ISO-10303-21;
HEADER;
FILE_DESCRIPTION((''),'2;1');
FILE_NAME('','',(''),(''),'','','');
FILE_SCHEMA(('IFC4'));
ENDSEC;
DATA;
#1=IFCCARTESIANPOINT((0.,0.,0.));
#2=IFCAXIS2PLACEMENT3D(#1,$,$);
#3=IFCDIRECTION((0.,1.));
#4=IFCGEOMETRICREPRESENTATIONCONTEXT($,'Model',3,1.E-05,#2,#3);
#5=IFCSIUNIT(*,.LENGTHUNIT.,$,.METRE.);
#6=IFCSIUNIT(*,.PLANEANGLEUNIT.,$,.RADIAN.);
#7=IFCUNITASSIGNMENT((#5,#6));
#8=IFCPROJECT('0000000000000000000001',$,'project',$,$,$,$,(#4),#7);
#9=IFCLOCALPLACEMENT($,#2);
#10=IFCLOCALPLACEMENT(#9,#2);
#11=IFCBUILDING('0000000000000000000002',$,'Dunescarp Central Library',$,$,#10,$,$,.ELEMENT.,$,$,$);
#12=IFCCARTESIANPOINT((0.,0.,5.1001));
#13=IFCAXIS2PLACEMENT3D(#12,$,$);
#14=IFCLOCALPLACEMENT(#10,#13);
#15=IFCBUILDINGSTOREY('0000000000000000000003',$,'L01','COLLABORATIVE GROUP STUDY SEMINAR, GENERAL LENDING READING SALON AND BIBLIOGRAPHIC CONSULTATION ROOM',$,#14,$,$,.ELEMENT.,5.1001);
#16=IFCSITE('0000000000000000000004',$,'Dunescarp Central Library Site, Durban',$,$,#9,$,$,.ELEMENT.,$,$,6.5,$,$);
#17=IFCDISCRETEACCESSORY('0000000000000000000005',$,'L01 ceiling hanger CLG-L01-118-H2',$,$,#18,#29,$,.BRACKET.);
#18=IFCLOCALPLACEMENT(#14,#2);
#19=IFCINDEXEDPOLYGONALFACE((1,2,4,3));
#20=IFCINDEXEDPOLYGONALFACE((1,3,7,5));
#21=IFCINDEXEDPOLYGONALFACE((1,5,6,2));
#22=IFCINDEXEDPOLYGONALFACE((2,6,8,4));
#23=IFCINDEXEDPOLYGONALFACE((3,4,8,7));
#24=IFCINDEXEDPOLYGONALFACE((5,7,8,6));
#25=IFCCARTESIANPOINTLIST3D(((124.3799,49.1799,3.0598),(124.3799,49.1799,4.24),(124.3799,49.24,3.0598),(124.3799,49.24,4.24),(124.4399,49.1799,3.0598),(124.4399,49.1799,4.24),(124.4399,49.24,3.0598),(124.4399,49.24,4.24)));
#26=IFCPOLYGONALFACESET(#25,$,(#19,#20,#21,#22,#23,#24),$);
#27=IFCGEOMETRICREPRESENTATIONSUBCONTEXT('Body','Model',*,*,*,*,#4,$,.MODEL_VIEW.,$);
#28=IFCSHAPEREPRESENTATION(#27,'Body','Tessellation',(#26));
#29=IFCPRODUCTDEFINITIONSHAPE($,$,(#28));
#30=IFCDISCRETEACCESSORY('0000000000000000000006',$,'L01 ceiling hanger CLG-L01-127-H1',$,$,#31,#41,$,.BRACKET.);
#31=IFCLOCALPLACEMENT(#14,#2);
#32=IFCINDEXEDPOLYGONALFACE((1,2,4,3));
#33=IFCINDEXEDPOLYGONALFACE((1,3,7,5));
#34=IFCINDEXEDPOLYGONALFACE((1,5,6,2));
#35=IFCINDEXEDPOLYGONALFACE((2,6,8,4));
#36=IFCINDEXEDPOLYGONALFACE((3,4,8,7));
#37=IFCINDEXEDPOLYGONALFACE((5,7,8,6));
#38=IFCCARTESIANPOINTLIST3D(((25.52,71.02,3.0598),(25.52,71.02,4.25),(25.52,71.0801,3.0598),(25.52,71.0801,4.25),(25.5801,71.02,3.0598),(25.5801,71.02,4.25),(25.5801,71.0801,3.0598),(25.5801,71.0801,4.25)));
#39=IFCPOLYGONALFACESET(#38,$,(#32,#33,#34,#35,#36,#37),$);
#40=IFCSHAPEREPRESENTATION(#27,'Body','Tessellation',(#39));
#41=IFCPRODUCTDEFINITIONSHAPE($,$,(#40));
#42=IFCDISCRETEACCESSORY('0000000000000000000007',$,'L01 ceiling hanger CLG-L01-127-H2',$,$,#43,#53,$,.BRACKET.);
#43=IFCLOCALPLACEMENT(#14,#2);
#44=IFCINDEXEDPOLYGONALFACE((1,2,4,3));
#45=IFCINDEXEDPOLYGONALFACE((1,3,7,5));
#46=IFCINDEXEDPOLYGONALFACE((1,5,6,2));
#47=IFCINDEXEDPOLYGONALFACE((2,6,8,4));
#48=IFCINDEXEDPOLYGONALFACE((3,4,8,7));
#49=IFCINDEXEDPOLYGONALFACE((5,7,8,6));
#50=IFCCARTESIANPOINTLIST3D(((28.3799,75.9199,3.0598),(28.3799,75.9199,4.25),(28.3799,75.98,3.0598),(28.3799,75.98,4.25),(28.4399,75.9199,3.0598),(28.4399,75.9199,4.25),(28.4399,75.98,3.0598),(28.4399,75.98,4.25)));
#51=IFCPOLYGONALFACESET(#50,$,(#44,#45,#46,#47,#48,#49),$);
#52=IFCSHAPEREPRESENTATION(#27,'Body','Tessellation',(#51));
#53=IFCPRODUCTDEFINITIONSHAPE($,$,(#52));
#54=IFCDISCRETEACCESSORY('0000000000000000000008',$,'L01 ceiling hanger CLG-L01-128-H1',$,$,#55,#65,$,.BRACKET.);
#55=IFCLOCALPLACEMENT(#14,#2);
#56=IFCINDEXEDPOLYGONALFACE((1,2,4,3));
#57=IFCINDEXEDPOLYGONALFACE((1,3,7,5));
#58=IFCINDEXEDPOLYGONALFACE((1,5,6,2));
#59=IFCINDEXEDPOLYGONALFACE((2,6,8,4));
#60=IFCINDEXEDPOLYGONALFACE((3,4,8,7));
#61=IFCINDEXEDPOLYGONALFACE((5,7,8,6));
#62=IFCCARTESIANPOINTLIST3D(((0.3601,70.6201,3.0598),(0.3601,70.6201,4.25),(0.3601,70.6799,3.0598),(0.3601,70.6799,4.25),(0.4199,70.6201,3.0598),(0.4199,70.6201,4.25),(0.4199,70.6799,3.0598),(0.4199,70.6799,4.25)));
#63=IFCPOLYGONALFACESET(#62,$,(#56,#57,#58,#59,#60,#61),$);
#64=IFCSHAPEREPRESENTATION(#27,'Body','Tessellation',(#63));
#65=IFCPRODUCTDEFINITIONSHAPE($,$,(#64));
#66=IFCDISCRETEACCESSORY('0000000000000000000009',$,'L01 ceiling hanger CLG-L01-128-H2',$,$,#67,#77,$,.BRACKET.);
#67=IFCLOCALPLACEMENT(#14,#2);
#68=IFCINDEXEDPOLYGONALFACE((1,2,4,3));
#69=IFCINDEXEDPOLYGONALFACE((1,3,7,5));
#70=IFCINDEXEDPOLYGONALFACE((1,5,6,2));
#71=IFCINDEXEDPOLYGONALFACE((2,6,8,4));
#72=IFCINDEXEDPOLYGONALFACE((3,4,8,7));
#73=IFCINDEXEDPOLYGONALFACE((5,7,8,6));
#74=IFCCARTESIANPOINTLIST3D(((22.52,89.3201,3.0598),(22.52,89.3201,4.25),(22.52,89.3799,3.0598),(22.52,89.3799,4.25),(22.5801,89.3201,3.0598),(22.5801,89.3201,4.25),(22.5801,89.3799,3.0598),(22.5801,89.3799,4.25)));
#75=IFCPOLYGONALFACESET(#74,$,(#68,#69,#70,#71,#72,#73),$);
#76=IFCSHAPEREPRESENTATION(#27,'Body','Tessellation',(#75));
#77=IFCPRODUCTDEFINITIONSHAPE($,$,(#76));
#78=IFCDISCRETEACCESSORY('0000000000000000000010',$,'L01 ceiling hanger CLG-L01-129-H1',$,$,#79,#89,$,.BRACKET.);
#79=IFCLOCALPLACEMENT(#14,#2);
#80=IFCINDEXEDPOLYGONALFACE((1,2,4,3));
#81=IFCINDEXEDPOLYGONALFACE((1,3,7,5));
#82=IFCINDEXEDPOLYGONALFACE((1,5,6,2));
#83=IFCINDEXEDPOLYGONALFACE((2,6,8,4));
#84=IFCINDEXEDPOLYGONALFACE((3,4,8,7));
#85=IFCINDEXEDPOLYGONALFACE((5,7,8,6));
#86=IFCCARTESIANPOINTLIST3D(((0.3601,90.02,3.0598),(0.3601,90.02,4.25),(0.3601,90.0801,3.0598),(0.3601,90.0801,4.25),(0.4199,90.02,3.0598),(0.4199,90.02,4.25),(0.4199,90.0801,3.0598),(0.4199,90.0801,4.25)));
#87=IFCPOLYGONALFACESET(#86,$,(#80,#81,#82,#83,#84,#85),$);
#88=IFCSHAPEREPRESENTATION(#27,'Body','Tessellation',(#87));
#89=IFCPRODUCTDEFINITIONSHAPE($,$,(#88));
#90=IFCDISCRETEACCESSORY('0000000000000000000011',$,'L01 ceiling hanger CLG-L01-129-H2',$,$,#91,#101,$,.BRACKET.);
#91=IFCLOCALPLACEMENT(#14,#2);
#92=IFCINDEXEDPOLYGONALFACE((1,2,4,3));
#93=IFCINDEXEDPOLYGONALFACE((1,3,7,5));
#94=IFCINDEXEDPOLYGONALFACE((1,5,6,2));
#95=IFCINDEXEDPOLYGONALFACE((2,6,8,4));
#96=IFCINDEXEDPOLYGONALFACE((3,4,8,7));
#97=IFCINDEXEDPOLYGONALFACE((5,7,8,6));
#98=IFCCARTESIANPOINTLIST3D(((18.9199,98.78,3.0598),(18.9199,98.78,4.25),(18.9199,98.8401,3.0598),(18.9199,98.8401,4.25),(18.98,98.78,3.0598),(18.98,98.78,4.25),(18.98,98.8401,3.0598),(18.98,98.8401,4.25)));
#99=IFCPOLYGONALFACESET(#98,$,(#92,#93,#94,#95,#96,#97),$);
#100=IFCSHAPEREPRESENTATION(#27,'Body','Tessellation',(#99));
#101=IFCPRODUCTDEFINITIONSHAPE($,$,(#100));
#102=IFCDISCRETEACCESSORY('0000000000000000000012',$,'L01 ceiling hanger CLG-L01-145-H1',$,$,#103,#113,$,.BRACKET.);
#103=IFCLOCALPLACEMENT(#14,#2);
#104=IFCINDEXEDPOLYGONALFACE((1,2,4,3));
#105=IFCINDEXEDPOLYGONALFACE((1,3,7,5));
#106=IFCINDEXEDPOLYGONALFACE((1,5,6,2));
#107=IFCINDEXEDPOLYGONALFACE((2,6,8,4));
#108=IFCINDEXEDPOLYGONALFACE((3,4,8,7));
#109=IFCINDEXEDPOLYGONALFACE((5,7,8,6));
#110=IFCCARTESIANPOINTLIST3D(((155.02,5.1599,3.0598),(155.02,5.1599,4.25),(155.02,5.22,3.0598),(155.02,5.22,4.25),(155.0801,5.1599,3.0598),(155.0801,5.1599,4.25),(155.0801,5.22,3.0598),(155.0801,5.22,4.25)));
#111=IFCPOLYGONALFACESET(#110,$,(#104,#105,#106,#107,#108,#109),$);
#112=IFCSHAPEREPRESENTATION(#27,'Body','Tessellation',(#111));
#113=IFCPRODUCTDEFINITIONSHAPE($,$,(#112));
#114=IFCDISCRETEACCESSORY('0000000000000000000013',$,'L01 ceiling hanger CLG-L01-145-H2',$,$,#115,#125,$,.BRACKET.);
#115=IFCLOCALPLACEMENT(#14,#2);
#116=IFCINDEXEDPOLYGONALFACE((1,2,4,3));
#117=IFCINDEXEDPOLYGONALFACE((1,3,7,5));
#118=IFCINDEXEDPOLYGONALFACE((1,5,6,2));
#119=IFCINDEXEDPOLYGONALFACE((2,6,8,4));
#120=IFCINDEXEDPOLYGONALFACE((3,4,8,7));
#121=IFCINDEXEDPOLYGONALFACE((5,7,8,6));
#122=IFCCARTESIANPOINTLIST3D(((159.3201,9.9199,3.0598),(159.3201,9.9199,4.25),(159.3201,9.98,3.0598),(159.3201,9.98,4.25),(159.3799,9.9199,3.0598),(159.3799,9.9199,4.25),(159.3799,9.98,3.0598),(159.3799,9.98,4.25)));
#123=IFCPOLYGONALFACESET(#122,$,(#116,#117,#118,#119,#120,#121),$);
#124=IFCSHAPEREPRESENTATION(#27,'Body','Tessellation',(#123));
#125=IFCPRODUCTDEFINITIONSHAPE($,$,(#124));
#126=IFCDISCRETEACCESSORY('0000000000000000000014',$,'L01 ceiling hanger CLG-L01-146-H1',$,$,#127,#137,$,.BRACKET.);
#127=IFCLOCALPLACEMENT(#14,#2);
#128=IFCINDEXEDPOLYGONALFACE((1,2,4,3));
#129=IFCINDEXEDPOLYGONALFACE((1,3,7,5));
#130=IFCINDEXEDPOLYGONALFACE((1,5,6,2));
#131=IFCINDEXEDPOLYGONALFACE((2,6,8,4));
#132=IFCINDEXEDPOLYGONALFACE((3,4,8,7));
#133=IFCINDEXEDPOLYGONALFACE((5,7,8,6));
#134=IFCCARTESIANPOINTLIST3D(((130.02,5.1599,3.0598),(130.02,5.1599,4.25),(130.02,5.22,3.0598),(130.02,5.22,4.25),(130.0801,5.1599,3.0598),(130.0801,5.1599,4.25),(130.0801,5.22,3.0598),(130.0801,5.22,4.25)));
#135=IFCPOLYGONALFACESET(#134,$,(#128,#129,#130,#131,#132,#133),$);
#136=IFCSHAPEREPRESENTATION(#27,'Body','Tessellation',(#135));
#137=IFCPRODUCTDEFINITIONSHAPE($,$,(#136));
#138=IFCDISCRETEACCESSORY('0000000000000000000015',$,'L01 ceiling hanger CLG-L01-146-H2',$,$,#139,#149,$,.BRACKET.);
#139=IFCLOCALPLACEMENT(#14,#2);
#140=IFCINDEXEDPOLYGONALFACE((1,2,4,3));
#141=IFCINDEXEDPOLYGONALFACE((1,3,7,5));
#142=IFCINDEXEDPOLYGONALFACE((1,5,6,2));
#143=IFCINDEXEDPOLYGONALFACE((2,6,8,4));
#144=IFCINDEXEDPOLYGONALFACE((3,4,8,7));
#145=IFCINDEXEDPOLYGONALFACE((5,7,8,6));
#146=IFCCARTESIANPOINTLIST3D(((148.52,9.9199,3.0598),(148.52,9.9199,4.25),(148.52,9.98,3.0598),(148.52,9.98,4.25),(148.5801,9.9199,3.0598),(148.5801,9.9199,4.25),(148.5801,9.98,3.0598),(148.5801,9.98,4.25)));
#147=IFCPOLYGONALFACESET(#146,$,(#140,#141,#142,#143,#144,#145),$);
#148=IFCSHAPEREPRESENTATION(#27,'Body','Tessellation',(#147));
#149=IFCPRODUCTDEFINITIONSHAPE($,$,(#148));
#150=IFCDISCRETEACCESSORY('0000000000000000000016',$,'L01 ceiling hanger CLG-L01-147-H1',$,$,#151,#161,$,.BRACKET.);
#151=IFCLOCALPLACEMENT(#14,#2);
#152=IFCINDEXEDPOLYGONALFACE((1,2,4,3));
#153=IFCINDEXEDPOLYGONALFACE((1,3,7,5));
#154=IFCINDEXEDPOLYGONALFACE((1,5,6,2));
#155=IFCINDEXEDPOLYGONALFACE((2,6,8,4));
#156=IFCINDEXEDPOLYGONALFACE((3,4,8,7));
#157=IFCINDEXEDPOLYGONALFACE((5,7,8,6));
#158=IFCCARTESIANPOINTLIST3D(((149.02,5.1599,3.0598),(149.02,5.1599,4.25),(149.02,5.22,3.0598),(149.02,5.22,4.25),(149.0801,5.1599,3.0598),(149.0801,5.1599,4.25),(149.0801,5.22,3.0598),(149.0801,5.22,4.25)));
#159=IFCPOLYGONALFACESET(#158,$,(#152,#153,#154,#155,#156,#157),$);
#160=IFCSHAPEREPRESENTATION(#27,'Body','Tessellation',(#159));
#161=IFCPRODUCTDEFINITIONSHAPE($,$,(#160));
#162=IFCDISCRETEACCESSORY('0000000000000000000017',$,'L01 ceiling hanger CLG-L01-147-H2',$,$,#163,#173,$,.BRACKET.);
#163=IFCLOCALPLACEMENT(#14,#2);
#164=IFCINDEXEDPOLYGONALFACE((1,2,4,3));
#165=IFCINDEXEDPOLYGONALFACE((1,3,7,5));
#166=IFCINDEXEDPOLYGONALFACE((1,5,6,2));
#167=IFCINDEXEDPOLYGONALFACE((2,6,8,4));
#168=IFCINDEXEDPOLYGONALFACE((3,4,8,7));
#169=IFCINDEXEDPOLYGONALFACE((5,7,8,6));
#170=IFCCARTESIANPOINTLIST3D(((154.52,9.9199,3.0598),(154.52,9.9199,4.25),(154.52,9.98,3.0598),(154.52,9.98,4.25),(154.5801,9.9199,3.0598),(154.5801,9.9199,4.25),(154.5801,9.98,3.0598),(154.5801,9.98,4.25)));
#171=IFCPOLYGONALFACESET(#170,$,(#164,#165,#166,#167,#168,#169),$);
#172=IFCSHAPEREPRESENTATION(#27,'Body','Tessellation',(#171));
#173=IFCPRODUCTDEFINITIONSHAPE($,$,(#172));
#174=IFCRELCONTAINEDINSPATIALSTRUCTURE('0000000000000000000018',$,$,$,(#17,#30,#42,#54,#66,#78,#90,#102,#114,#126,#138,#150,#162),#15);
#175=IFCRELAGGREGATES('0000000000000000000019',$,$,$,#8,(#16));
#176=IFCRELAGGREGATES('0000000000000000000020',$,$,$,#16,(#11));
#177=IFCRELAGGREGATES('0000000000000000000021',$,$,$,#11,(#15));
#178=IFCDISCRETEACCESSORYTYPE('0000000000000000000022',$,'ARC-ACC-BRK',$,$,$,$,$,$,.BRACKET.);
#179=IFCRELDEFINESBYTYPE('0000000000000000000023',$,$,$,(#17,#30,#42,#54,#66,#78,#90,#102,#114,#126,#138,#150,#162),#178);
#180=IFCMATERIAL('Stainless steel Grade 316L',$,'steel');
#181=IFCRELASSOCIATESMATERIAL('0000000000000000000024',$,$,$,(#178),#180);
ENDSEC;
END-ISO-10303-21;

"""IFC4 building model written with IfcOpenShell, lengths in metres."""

from ifc_helpers import new_model, si_unit, direction, frame, origin, place, context, subcontext, project, spatial, polyline, outline, extrude, material, type_object, element, save


model = new_model("IFC4")

# Units and contexts
model_context = context("Model", 3, precision=1e-05, world=origin(), true_north=direction((0.0, 1.0)))
body_context = subcontext(model_context, "Body", "Model", "MODEL_VIEW")
ifc_project = project(units=[si_unit("LENGTHUNIT", "METRE"), si_unit("PLANEANGLEUNIT", "RADIAN")], contexts=[model_context])

# Site, building, storey
site_placement = place(None, origin())
site = spatial("IfcSite", under=ifc_project, at=site_placement, Name="Dunescarp Central Library Site, Durban", CompositionType="ELEMENT", RefElevation=6.5)
building_placement = place(site_placement, origin())
building = spatial("IfcBuilding", under=site, at=building_placement, Name="Dunescarp Central Library", CompositionType="ELEMENT")
storey_placement = place(building_placement, frame((0.0, 0.0, 5.1001)))
storey = spatial("IfcBuildingStorey", under=building, at=storey_placement, Name="L01", Description="COLLABORATIVE GROUP STUDY SEMINAR, GENERAL LENDING READING SALON AND BIBLIOGRAPHIC CONSULTATION ROOM", CompositionType="ELEMENT", Elevation=5.1001)

# Discrete accessories
ifc_material = material(Name="Stainless steel Grade 316L", Category="steel")
discrete_accessory_type = type_object("IfcDiscreteAccessoryType", Name="ARC-ACC-BRK", PredefinedType="BRACKET", material=ifc_material)
discrete_accessory_1_placement = place(storey_placement, frame((0.0, 0.0, 3.0598)))
element("IfcDiscreteAccessory", 1, at=discrete_accessory_1_placement, inside=storey, type_object=discrete_accessory_type, Name="L01 ceiling hanger CLG-L01-118-H2", PredefinedType="BRACKET", context=body_context, shape_type="SweptSolid", body=[
    extrude(outline(polyline([(124.3799, 49.1799), (124.4399, 49.1799), (124.4399, 49.24), (124.3799, 49.24), (124.3799, 49.1799)])), origin(), (0.0, 0.0, 1.0), 1.1802),
])
discrete_accessory_2_placement = place(storey_placement, frame((0.0, 0.0, 3.0598)))
element("IfcDiscreteAccessory", 2, at=discrete_accessory_2_placement, inside=storey, type_object=discrete_accessory_type, Name="L01 ceiling hanger CLG-L01-127-H1", PredefinedType="BRACKET", context=body_context, shape_type="SweptSolid", body=[
    extrude(outline(polyline([(25.52, 71.02), (25.5801, 71.02), (25.5801, 71.0801), (25.52, 71.0801), (25.52, 71.02)])), origin(), (0.0, 0.0, 1.0), 1.1902),
])
discrete_accessory_3_placement = place(storey_placement, frame((0.0, 0.0, 3.0598)))
element("IfcDiscreteAccessory", 3, at=discrete_accessory_3_placement, inside=storey, type_object=discrete_accessory_type, Name="L01 ceiling hanger CLG-L01-127-H2", PredefinedType="BRACKET", context=body_context, shape_type="SweptSolid", body=[
    extrude(outline(polyline([(28.3799, 75.9199), (28.4399, 75.9199), (28.4399, 75.98), (28.3799, 75.98), (28.3799, 75.9199)])), origin(), (0.0, 0.0, 1.0), 1.1902),
])
discrete_accessory_4_placement = place(storey_placement, frame((0.0, 0.0, 3.0598)))
element("IfcDiscreteAccessory", 4, at=discrete_accessory_4_placement, inside=storey, type_object=discrete_accessory_type, Name="L01 ceiling hanger CLG-L01-128-H1", PredefinedType="BRACKET", context=body_context, shape_type="SweptSolid", body=[
    extrude(outline(polyline([(0.3601, 70.6201), (0.4199, 70.6201), (0.4199, 70.6799), (0.3601, 70.6799), (0.3601, 70.6201)])), origin(), (0.0, 0.0, 1.0), 1.1902),
])
discrete_accessory_5_placement = place(storey_placement, frame((0.0, 0.0, 3.0598)))
element("IfcDiscreteAccessory", 5, at=discrete_accessory_5_placement, inside=storey, type_object=discrete_accessory_type, Name="L01 ceiling hanger CLG-L01-128-H2", PredefinedType="BRACKET", context=body_context, shape_type="SweptSolid", body=[
    extrude(outline(polyline([(22.52, 89.3201), (22.5801, 89.3201), (22.5801, 89.3799), (22.52, 89.3799), (22.52, 89.3201)])), origin(), (0.0, 0.0, 1.0), 1.1902),
])
discrete_accessory_6_placement = place(storey_placement, frame((0.0, 0.0, 3.0598)))
element("IfcDiscreteAccessory", 6, at=discrete_accessory_6_placement, inside=storey, type_object=discrete_accessory_type, Name="L01 ceiling hanger CLG-L01-129-H1", PredefinedType="BRACKET", context=body_context, shape_type="SweptSolid", body=[
    extrude(outline(polyline([(0.3601, 90.02), (0.4199, 90.02), (0.4199, 90.0801), (0.3601, 90.0801), (0.3601, 90.02)])), origin(), (0.0, 0.0, 1.0), 1.1902),
])
discrete_accessory_7_placement = place(storey_placement, frame((0.0, 0.0, 3.0598)))
element("IfcDiscreteAccessory", 7, at=discrete_accessory_7_placement, inside=storey, type_object=discrete_accessory_type, Name="L01 ceiling hanger CLG-L01-129-H2", PredefinedType="BRACKET", context=body_context, shape_type="SweptSolid", body=[
    extrude(outline(polyline([(18.9199, 98.78), (18.98, 98.78), (18.98, 98.8401), (18.9199, 98.8401), (18.9199, 98.78)])), origin(), (0.0, 0.0, 1.0), 1.1902),
])
discrete_accessory_8_placement = place(storey_placement, frame((0.0, 0.0, 3.0598)))
element("IfcDiscreteAccessory", 8, at=discrete_accessory_8_placement, inside=storey, type_object=discrete_accessory_type, Name="L01 ceiling hanger CLG-L01-145-H1", PredefinedType="BRACKET", context=body_context, shape_type="SweptSolid", body=[
    extrude(outline(polyline([(155.02, 5.1599), (155.0801, 5.1599), (155.0801, 5.22), (155.02, 5.22), (155.02, 5.1599)])), origin(), (0.0, 0.0, 1.0), 1.1902),
])
discrete_accessory_9_placement = place(storey_placement, frame((0.0, 0.0, 3.0598)))
element("IfcDiscreteAccessory", 9, at=discrete_accessory_9_placement, inside=storey, type_object=discrete_accessory_type, Name="L01 ceiling hanger CLG-L01-145-H2", PredefinedType="BRACKET", context=body_context, shape_type="SweptSolid", body=[
    extrude(outline(polyline([(159.3201, 9.9199), (159.3799, 9.9199), (159.3799, 9.98), (159.3201, 9.98), (159.3201, 9.9199)])), origin(), (0.0, 0.0, 1.0), 1.1902),
])
discrete_accessory_10_placement = place(storey_placement, frame((0.0, 0.0, 3.0598)))
element("IfcDiscreteAccessory", 10, at=discrete_accessory_10_placement, inside=storey, type_object=discrete_accessory_type, Name="L01 ceiling hanger CLG-L01-146-H1", PredefinedType="BRACKET", context=body_context, shape_type="SweptSolid", body=[
    extrude(outline(polyline([(130.02, 5.1599), (130.0801, 5.1599), (130.0801, 5.22), (130.02, 5.22), (130.02, 5.1599)])), origin(), (0.0, 0.0, 1.0), 1.1902),
])
discrete_accessory_11_placement = place(storey_placement, frame((0.0, 0.0, 3.0598)))
element("IfcDiscreteAccessory", 11, at=discrete_accessory_11_placement, inside=storey, type_object=discrete_accessory_type, Name="L01 ceiling hanger CLG-L01-146-H2", PredefinedType="BRACKET", context=body_context, shape_type="SweptSolid", body=[
    extrude(outline(polyline([(148.52, 9.9199), (148.5801, 9.9199), (148.5801, 9.98), (148.52, 9.98), (148.52, 9.9199)])), origin(), (0.0, 0.0, 1.0), 1.1902),
])
discrete_accessory_12_placement = place(storey_placement, frame((0.0, 0.0, 3.0598)))
element("IfcDiscreteAccessory", 12, at=discrete_accessory_12_placement, inside=storey, type_object=discrete_accessory_type, Name="L01 ceiling hanger CLG-L01-147-H1", PredefinedType="BRACKET", context=body_context, shape_type="SweptSolid", body=[
    extrude(outline(polyline([(149.02, 5.1599), (149.0801, 5.1599), (149.0801, 5.22), (149.02, 5.22), (149.02, 5.1599)])), origin(), (0.0, 0.0, 1.0), 1.1902),
])
discrete_accessory_13_placement = place(storey_placement, frame((0.0, 0.0, 3.0598)))
element("IfcDiscreteAccessory", 13, at=discrete_accessory_13_placement, inside=storey, type_object=discrete_accessory_type, Name="L01 ceiling hanger CLG-L01-147-H2", PredefinedType="BRACKET", context=body_context, shape_type="SweptSolid", body=[
    extrude(outline(polyline([(154.52, 9.9199), (154.5801, 9.9199), (154.5801, 9.98), (154.52, 9.98), (154.52, 9.9199)])), origin(), (0.0, 0.0, 1.0), 1.1902),
])

save(model, "model.ifc")
